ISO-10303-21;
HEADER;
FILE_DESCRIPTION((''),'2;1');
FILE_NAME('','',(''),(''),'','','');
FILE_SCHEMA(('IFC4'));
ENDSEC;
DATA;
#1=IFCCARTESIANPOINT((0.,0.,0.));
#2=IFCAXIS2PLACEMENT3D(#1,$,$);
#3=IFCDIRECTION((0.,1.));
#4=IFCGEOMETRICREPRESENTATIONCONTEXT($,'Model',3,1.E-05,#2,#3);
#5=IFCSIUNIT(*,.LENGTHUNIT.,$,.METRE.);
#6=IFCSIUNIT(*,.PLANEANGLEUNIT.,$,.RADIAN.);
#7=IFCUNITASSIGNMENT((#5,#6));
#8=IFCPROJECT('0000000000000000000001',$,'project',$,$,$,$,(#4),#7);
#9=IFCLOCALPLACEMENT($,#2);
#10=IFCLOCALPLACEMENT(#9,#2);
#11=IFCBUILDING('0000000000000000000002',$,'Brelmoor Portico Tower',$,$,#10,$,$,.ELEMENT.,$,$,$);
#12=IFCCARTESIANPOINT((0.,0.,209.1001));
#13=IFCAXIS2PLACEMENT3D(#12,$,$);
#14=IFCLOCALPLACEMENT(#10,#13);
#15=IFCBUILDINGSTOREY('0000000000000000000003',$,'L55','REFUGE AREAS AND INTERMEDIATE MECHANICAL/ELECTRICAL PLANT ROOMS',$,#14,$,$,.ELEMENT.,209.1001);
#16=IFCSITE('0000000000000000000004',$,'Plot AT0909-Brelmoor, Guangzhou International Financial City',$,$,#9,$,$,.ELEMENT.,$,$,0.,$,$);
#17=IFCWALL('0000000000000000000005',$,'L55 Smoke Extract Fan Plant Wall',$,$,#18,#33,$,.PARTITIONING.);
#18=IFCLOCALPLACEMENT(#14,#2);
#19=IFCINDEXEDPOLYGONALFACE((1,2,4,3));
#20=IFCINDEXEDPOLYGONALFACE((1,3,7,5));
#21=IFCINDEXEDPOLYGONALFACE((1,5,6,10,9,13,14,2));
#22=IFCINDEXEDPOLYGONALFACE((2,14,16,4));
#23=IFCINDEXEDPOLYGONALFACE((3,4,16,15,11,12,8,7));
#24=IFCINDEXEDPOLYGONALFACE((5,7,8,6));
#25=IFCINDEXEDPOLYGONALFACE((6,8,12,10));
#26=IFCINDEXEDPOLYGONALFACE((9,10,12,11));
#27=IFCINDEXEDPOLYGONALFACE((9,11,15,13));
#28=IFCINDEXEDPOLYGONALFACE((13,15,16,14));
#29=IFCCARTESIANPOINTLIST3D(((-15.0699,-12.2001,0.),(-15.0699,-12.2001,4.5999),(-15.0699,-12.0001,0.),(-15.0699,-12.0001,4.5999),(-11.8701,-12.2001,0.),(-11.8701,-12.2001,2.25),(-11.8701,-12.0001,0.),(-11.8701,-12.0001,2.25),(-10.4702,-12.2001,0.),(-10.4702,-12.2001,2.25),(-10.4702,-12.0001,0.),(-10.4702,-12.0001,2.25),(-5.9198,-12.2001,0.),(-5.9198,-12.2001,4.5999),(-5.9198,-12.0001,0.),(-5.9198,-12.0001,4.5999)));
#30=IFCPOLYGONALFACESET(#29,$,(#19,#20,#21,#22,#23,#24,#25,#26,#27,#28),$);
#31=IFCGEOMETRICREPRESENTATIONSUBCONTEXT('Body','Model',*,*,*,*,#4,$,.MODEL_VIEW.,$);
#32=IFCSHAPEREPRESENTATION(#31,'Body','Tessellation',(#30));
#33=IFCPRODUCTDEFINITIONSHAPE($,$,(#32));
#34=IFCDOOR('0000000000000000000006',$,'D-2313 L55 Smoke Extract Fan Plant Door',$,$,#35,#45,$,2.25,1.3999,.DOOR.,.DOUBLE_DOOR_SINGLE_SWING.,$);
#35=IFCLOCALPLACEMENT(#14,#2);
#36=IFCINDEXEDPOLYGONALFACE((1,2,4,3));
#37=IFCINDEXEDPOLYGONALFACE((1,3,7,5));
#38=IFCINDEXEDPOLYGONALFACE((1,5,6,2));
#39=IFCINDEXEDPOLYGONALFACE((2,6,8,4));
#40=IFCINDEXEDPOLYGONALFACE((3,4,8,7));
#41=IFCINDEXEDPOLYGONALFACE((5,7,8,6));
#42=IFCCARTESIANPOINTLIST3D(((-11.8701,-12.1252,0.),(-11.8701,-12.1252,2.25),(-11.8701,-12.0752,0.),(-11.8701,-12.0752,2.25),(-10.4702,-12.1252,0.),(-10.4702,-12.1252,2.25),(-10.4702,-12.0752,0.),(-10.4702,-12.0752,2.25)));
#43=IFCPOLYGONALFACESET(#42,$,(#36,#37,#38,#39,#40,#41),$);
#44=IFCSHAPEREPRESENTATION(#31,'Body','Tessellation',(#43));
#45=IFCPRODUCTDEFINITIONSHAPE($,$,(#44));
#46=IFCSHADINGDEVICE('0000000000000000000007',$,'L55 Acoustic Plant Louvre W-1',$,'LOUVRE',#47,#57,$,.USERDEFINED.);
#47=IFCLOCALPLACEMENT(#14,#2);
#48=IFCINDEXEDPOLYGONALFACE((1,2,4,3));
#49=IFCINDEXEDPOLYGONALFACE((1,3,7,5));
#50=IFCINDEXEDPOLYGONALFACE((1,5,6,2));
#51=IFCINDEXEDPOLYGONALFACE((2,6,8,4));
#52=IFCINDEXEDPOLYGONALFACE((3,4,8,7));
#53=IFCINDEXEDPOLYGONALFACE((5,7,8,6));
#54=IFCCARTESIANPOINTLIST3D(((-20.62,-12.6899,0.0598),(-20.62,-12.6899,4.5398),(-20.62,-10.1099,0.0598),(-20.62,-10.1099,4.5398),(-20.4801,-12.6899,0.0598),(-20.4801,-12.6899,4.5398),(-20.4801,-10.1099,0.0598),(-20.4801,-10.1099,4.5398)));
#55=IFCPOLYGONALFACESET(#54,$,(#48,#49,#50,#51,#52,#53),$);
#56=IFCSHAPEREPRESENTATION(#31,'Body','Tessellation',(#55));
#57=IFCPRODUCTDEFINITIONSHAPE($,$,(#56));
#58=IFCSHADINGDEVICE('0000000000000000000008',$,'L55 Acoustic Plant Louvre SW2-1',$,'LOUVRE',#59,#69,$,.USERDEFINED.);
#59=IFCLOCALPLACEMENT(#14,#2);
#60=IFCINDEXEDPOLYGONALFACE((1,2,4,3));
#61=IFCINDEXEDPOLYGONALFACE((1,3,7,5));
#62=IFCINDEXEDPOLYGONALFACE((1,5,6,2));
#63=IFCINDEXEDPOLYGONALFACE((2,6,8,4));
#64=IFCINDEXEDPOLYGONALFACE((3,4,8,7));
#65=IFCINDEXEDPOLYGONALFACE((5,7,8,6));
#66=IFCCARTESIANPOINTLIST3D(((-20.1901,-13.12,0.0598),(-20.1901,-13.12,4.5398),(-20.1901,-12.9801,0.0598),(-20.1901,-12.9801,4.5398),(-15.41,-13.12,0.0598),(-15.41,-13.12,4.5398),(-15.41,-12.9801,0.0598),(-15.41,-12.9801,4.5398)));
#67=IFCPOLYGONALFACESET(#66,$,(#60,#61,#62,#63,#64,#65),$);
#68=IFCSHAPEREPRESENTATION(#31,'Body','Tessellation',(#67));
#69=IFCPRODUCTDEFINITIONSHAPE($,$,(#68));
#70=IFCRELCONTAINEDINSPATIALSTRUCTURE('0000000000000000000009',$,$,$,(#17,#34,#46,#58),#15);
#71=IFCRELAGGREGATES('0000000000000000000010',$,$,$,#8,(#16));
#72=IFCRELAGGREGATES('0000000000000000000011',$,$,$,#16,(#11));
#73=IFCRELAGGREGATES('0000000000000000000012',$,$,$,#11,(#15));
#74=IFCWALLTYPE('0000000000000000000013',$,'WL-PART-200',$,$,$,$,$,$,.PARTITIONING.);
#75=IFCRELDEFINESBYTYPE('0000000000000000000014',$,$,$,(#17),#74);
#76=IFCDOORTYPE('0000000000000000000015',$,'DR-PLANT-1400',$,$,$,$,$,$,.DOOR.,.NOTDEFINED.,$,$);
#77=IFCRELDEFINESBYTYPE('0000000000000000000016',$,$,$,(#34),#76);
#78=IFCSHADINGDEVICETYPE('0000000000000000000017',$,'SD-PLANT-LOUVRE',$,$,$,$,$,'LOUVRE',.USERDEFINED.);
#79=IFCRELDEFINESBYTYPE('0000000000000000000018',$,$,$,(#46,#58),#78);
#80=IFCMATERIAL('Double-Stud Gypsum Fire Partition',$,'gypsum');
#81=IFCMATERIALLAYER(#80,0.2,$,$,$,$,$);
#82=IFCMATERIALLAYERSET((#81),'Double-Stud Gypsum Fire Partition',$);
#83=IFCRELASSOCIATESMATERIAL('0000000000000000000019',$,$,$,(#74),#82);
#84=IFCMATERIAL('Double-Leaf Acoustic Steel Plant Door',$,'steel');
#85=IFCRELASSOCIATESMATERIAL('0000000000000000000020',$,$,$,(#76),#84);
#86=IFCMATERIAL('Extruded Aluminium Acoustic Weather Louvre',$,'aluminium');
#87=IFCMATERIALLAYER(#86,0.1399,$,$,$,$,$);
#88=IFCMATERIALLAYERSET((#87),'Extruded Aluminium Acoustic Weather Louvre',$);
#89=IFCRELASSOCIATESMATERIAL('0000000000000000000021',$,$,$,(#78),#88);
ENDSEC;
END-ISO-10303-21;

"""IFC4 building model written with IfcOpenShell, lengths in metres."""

from ifc_helpers import new_model, si_unit, direction, frame, frame_2d, origin, origin_2d, place, context, subcontext, project, spatial, rectangle, extrude, material, layer, layer_set, type_object, element, fill, save


model = new_model("IFC4")

# Units and contexts
model_context = context("Model", 3, precision=1e-05, world=origin(), true_north=direction((0.0, 1.0)))
body_context = subcontext(model_context, "Body", "Model", "MODEL_VIEW")
ifc_project = project(units=[si_unit("LENGTHUNIT", "METRE"), si_unit("PLANEANGLEUNIT", "RADIAN")], contexts=[model_context])

# Site, building, storey
site_placement = place(None, origin())
site = spatial("IfcSite", under=ifc_project, at=site_placement, Name="Plot AT0909-Brelmoor, Guangzhou International Financial City", CompositionType="ELEMENT", RefElevation=0.0)
building_placement = place(site_placement, origin())
building = spatial("IfcBuilding", under=site, at=building_placement, Name="Brelmoor Portico Tower", CompositionType="ELEMENT")
storey_placement = place(building_placement, frame((0.0, 0.0, 209.1001)))
storey = spatial("IfcBuildingStorey", under=building, at=storey_placement, Name="L55", Description="REFUGE AREAS AND INTERMEDIATE MECHANICAL/ELECTRICAL PLANT ROOMS", CompositionType="ELEMENT", Elevation=209.1001)

# Wall, opening, door
ifc_material_1 = material(Name="Double-Stud Gypsum Fire Partition", Category="gypsum")
ifc_layer_1 = layer(ifc_material_1, 0.2)
ifc_layer_set_1 = layer_set([ifc_layer_1], Name="Double-Stud Gypsum Fire Partition")
wall_type_1 = type_object("IfcWallType", Name="WL-PART-200", PredefinedType="PARTITIONING", material=ifc_layer_set_1)
wall_1_placement = place(storey_placement, frame((-15.0701, -12.1001, 0.0), z_axis=(0.0, 0.0, 1.0), x_axis=(1.0, 0.0, 0.0)))
wall_1 = element("IfcWall", 1, at=wall_1_placement, inside=storey, type_object=wall_type_1, Name="L55 Smoke Extract Fan Plant Wall", PredefinedType="PARTITIONING", context=body_context, shape_type="SweptSolid", body=[
    extrude(rectangle(XDim=9.1501, YDim=0.2, at=frame_2d((4.5752, 0.0))), origin(), (0.0, 0.0, 1.0), 4.5999),
])
opening_placement = place(wall_1_placement, frame((3.2, 0.0, 0.0)))
opening = element("IfcOpeningElement", 2, at=opening_placement, cuts=wall_1, PredefinedType="OPENING", context=body_context, shape_type="SweptSolid", body=[
    extrude(rectangle(XDim=1.3999, YDim=2.25, at=frame_2d((0.7, 1.125))), frame((0.0, 0.1099, 0.0), z_axis=(0.0, -1.0, 0.0), x_axis=(1.0, 0.0, 0.0)), (0.0, 0.0, 1.0), 0.22),
])
ifc_material_2 = material(Name="Double-Leaf Acoustic Steel Plant Door", Category="steel")
door_type = type_object("IfcDoorType", Name="DR-PLANT-1400", OperationType="NOTDEFINED", PredefinedType="DOOR", material=ifc_material_2)
door_placement = place(opening_placement, origin())
door = element("IfcDoor", 3, at=door_placement, inside=storey, type_object=door_type, Name="D-2313 L55 Smoke Extract Fan Plant Door", OperationType="DOUBLE_DOOR_SINGLE_SWING", OverallHeight=2.25, OverallWidth=1.3999, PredefinedType="DOOR", context=body_context, shape_type="SweptSolid", body=[
    extrude(rectangle(XDim=1.3999, YDim=2.25, at=frame_2d((0.7, 1.125))), frame((0.0, 0.0249, 0.0), z_axis=(0.0, -1.0, 0.0), x_axis=(1.0, 0.0, 0.0)), (0.0, 0.0, 1.0), 0.05),
])
fill(opening, door)

# Shading devices
ifc_material_3 = material(Name="Extruded Aluminium Acoustic Weather Louvre", Category="aluminium")
ifc_layer_2 = layer(ifc_material_3, 0.1399)
ifc_layer_set_2 = layer_set([ifc_layer_2], Name="Extruded Aluminium Acoustic Weather Louvre")
shading_device_type = type_object("IfcShadingDeviceType", Name="SD-PLANT-LOUVRE", ElementType="LOUVRE", PredefinedType="USERDEFINED", material=ifc_layer_set_2)
shading_device_1_placement = place(storey_placement, frame((-20.55, -11.3999, 0.0598), z_axis=(0.0, 0.0, 1.0), x_axis=(0.0, 1.0, 0.0)))
element("IfcShadingDevice", 4, at=shading_device_1_placement, inside=storey, type_object=shading_device_type, Name="L55 Acoustic Plant Louvre W-1", ObjectType="LOUVRE", PredefinedType="USERDEFINED", context=body_context, shape_type="SweptSolid", body=[
    extrude(rectangle(XDim=2.5801, YDim=0.1399, at=origin_2d()), origin(), (0.0, 0.0, 1.0), 4.48),
])
shading_device_2_placement = place(storey_placement, frame((-17.8, -13.05, 0.0598), z_axis=(0.0, 0.0, 1.0), x_axis=(1.0, 0.0, 0.0)))
element("IfcShadingDevice", 5, at=shading_device_2_placement, inside=storey, type_object=shading_device_type, Name="L55 Acoustic Plant Louvre SW2-1", ObjectType="LOUVRE", PredefinedType="USERDEFINED", context=body_context, shape_type="SweptSolid", body=[
    extrude(rectangle(XDim=4.78, YDim=0.1399, at=origin_2d()), origin(), (0.0, 0.0, 1.0), 4.48),
])

save(model, "model.ifc")
